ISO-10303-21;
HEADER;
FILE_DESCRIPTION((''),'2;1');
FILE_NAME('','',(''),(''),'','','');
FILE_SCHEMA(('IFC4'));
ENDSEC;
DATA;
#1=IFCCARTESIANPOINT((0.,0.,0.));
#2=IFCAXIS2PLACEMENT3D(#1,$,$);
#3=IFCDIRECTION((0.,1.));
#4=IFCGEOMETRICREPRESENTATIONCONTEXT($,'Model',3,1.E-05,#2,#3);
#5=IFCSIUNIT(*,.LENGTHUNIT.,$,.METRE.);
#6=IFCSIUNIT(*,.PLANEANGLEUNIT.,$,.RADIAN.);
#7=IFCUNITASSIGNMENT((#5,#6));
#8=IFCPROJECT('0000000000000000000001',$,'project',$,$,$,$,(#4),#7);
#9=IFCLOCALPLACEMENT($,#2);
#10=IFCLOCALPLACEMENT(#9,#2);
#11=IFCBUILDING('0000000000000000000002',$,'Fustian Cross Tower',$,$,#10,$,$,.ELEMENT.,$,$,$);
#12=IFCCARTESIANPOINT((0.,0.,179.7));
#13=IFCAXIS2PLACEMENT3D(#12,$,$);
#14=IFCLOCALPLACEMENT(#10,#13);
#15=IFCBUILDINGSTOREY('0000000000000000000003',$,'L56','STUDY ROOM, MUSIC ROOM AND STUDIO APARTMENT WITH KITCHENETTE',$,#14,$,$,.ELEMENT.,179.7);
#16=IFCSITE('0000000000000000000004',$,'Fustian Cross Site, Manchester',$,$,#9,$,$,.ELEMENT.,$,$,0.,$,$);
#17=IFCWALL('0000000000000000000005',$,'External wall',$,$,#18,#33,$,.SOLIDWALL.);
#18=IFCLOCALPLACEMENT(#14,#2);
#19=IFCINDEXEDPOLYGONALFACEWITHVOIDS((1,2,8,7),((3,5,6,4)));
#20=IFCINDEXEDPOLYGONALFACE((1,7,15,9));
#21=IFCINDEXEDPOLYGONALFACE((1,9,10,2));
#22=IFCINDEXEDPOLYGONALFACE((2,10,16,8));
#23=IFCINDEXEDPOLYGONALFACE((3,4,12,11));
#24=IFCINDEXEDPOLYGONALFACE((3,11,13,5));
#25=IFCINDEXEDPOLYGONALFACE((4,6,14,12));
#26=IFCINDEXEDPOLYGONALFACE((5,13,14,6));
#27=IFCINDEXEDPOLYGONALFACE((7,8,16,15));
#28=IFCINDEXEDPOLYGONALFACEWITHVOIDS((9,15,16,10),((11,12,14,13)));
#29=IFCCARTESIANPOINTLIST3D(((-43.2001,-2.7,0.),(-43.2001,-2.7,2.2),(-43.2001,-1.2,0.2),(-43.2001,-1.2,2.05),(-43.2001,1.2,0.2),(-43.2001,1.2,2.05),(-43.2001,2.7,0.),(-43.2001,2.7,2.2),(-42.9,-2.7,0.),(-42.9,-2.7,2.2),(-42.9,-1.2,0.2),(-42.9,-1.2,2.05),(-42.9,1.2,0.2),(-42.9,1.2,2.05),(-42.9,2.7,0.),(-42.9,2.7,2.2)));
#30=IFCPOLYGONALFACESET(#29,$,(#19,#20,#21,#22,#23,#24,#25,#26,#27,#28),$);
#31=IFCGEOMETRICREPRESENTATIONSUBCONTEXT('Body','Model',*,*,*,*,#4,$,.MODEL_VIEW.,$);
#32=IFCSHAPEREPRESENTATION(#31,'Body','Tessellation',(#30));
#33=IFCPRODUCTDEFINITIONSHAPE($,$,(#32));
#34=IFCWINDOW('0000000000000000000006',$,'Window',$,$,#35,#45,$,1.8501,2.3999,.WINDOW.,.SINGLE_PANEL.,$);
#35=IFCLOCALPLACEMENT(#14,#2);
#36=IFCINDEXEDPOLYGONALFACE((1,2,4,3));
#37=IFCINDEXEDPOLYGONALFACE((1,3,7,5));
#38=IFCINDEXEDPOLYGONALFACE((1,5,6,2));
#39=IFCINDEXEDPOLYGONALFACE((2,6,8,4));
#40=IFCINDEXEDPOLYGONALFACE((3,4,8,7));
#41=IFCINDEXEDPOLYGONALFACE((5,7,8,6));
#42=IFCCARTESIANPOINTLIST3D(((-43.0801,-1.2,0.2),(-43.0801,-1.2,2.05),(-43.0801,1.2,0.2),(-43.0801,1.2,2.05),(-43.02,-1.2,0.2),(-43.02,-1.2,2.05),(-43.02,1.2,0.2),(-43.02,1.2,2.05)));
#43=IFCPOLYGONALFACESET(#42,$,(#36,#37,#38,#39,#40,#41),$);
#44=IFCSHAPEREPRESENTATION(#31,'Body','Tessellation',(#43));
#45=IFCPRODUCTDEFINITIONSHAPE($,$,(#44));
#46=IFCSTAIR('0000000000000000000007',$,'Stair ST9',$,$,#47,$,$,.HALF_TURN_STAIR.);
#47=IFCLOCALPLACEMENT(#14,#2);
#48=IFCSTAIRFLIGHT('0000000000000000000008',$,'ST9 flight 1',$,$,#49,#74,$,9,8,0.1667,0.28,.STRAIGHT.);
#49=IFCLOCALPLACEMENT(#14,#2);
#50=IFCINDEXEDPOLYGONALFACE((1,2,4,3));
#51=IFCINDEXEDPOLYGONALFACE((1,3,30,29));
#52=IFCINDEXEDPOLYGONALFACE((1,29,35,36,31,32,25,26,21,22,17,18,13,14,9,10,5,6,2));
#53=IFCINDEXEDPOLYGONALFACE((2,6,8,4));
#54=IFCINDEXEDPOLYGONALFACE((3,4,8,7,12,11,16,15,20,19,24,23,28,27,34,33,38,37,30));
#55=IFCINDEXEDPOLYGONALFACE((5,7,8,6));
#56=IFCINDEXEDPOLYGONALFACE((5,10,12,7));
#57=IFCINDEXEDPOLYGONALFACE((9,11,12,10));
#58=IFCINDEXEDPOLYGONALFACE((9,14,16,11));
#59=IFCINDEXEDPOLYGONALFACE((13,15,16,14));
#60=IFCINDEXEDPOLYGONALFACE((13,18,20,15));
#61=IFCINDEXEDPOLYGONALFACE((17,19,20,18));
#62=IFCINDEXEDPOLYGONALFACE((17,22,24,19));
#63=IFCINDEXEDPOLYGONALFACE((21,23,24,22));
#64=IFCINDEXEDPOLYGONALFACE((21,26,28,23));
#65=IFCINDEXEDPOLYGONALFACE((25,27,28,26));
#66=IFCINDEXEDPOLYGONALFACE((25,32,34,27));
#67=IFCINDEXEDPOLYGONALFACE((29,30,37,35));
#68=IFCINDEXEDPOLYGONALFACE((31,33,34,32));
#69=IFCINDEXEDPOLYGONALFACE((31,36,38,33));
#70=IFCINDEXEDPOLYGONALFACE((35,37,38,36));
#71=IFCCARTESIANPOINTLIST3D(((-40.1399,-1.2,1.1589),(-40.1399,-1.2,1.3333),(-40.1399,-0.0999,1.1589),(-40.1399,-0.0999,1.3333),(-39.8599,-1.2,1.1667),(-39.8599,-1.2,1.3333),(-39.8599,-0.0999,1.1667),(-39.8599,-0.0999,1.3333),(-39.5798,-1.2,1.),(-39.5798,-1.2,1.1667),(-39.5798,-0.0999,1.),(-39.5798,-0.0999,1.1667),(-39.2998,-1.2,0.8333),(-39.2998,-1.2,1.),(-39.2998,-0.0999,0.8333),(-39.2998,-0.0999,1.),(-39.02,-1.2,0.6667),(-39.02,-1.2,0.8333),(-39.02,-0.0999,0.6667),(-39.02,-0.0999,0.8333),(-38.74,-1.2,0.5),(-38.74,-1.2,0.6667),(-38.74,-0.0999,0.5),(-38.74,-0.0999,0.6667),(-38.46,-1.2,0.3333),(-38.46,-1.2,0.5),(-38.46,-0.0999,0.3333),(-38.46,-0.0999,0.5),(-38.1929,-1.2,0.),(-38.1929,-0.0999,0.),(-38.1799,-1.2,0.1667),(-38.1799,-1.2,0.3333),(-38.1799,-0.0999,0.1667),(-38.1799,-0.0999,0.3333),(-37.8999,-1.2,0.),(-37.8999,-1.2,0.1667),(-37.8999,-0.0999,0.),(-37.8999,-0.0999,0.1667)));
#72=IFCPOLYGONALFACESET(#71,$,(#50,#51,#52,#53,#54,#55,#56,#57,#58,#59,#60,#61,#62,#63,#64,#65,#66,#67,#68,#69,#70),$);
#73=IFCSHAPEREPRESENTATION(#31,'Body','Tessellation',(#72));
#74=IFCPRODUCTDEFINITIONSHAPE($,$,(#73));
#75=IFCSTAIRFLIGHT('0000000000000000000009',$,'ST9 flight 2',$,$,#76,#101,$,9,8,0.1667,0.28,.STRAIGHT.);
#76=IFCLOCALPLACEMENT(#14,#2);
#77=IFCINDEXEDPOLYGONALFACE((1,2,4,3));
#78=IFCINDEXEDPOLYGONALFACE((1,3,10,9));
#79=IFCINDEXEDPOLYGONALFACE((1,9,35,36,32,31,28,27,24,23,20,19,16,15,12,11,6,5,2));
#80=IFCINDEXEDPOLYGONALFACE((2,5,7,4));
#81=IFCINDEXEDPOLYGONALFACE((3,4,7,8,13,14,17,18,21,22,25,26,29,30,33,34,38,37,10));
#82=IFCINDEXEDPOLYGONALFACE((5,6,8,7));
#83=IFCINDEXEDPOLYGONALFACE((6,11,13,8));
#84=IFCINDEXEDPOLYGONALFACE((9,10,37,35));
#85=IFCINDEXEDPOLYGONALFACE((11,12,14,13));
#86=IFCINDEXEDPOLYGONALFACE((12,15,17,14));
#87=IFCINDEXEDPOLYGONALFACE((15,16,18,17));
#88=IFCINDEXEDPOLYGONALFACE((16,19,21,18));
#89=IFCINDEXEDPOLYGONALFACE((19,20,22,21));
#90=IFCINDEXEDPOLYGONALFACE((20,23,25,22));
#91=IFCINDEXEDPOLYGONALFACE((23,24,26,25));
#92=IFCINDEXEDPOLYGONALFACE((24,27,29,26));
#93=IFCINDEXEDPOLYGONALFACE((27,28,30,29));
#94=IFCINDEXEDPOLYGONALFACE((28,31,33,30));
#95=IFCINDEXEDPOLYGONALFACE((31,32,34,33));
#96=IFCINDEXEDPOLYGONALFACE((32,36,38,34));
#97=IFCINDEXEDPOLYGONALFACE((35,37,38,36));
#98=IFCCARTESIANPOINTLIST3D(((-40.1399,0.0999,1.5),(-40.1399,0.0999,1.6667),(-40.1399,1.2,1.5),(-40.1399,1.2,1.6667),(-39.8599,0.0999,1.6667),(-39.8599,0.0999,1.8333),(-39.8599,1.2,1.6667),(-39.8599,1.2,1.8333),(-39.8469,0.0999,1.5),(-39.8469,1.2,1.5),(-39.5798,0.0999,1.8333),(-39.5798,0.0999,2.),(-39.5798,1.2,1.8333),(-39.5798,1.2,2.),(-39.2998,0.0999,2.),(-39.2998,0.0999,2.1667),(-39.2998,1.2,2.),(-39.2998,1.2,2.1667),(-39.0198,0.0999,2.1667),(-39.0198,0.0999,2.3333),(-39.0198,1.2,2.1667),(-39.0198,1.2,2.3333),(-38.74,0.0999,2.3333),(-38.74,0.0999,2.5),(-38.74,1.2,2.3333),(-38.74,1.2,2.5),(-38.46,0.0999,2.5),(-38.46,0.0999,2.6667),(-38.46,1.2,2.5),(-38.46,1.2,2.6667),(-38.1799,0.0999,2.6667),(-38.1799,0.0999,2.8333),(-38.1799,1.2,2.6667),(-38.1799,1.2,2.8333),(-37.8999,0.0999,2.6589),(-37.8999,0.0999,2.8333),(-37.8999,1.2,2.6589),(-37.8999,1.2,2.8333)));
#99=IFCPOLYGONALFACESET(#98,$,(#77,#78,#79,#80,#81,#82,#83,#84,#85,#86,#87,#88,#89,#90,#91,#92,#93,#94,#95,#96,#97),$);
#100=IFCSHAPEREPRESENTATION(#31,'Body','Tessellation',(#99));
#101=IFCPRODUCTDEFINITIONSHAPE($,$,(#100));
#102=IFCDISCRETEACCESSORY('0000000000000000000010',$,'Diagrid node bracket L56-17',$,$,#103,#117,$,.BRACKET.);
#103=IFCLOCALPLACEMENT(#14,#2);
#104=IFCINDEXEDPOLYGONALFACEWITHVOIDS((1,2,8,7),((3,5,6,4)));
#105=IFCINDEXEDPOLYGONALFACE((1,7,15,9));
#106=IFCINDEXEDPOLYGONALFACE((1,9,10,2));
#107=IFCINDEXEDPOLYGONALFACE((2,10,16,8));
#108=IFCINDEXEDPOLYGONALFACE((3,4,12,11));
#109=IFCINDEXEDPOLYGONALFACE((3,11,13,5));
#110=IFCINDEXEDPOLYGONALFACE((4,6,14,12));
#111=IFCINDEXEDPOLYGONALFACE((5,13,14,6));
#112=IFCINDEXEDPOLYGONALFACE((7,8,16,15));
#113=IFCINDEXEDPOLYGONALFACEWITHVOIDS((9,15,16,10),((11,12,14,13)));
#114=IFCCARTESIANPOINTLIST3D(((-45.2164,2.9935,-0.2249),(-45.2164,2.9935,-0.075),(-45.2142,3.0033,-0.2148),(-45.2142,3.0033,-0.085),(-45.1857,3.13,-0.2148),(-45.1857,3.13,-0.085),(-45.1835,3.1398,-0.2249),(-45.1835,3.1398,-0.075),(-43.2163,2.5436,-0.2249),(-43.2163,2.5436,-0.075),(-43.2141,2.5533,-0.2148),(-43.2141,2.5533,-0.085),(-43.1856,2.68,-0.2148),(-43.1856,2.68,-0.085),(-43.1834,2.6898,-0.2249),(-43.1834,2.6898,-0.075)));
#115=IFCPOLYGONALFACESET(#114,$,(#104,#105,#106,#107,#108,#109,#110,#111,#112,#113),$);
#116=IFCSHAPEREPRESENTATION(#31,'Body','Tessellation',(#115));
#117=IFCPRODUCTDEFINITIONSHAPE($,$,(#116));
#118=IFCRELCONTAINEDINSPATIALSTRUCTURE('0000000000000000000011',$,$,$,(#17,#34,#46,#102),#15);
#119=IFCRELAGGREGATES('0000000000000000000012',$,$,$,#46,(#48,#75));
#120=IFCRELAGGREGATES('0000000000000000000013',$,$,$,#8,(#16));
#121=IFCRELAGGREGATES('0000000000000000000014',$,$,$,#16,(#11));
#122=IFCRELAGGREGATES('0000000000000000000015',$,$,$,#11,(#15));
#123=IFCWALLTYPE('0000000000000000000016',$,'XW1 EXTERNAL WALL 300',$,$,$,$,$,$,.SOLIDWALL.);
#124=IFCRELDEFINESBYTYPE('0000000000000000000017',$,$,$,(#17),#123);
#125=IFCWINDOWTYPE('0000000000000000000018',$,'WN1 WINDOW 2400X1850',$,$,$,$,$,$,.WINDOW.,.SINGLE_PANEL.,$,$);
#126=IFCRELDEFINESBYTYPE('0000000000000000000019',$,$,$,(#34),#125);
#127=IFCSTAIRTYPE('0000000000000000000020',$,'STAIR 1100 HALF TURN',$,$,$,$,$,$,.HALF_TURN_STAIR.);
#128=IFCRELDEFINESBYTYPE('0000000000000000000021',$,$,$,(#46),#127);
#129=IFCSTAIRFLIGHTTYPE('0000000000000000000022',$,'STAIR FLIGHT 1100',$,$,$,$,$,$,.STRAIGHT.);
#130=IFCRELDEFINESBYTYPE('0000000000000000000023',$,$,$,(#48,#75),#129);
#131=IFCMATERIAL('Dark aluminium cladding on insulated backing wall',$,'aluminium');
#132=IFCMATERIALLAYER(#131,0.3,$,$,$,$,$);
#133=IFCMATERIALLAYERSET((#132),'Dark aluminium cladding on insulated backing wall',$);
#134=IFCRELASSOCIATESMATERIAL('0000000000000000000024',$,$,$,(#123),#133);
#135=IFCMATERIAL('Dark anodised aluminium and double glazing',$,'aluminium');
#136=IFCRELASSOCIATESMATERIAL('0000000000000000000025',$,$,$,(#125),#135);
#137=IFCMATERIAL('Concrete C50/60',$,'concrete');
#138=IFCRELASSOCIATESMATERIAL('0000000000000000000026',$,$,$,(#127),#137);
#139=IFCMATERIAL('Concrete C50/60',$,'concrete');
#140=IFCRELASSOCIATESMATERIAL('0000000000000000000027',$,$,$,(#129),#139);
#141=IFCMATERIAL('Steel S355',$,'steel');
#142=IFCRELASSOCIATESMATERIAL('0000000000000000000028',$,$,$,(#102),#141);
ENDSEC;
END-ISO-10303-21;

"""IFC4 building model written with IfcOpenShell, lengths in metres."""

from ifc_helpers import new_model, si_unit, direction, frame, frame_2d, origin, origin_2d, place, context, subcontext, project, spatial, polyline, rectangle, hollow_rectangle, outline, extrude, material, layer, layer_set, type_object, element, fill, aggregate, save


model = new_model("IFC4")

# Units and contexts
model_context = context("Model", 3, precision=1e-05, world=origin(), true_north=direction((0.0, 1.0)))
body_context = subcontext(model_context, "Body", "Model", "MODEL_VIEW")
ifc_project = project(units=[si_unit("LENGTHUNIT", "METRE"), si_unit("PLANEANGLEUNIT", "RADIAN")], contexts=[model_context])

# Site, building, storey
site_placement = place(None, origin())
site = spatial("IfcSite", under=ifc_project, at=site_placement, Name="Fustian Cross Site, Manchester", CompositionType="ELEMENT", RefElevation=0.0)
building_placement = place(site_placement, origin())
building = spatial("IfcBuilding", under=site, at=building_placement, Name="Fustian Cross Tower", CompositionType="ELEMENT")
storey_placement = place(building_placement, frame((0.0, 0.0, 179.7)))
storey = spatial("IfcBuildingStorey", under=building, at=storey_placement, Name="L56", Description="STUDY ROOM, MUSIC ROOM AND STUDIO APARTMENT WITH KITCHENETTE", CompositionType="ELEMENT", Elevation=179.7)

# Wall, opening, window
ifc_material_1 = material(Name="Dark aluminium cladding on insulated backing wall", Category="aluminium")
ifc_layer_1 = layer(ifc_material_1, 0.3)
ifc_layer_set_1 = layer_set([ifc_layer_1], Name="Dark aluminium cladding on insulated backing wall")
wall_type_1 = type_object("IfcWallType", Name="XW1 EXTERNAL WALL 300", PredefinedType="SOLIDWALL", material=ifc_layer_set_1)
wall_1_placement = place(storey_placement, frame((-43.05, 2.7, 0.0), z_axis=(0.0, 0.0, 1.0), x_axis=(0.0, -1.0, 0.0)))
wall_1 = element("IfcWall", 1, at=wall_1_placement, inside=storey, type_object=wall_type_1, Name="External wall", PredefinedType="SOLIDWALL", context=body_context, shape_type="SweptSolid", body=[
    extrude(rectangle(XDim=5.3999, YDim=0.3, at=frame_2d((2.7, 0.0))), origin(), (0.0, 0.0, 1.0), 2.2),
])
opening_1_placement = place(wall_1_placement, frame((1.5, 0.0, 0.2)))
opening_1 = element("IfcOpeningElement", 2, at=opening_1_placement, cuts=wall_1, PredefinedType="OPENING", context=body_context, shape_type="SweptSolid", body=[
    extrude(rectangle(XDim=2.3999, YDim=1.8501, at=frame_2d((1.2, 0.925))), frame((0.0, 0.1599, 0.0), z_axis=(0.0, -1.0, 0.0), x_axis=(1.0, 0.0, 0.0)), (0.0, 0.0, 1.0), 0.3201),
])
ifc_material_2 = material(Name="Dark anodised aluminium and double glazing", Category="aluminium")
window_type = type_object("IfcWindowType", Name="WN1 WINDOW 2400X1850", PartitioningType="SINGLE_PANEL", PredefinedType="WINDOW", material=ifc_material_2)
window_placement = place(opening_1_placement, origin())
window = element("IfcWindow", 3, at=window_placement, inside=storey, type_object=window_type, Name="Window", OverallHeight=1.8501, OverallWidth=2.3999, PartitioningType="SINGLE_PANEL", PredefinedType="WINDOW", context=body_context, shape_type="SweptSolid", body=[
    extrude(rectangle(XDim=2.3999, YDim=1.8501, at=frame_2d((1.2, 0.925))), frame((0.0, 0.03, 0.0), z_axis=(0.0, -1.0, 0.0), x_axis=(1.0, 0.0, 0.0)), (0.0, 0.0, 1.0), 0.0601),
])
fill(opening_1, window)

# Stair, stair flights
ifc_material_3 = material(Name="Concrete C50/60", Category="concrete")
stair_type = type_object("IfcStairType", Name="STAIR 1100 HALF TURN", PredefinedType="HALF_TURN_STAIR", material=ifc_material_3)
stair_placement = place(storey_placement, origin())
stair = element("IfcStair", 4, at=stair_placement, inside=storey, type_object=stair_type, Name="Stair ST9", PredefinedType="HALF_TURN_STAIR")
ifc_material_4 = material(Name="Concrete C50/60", Category="concrete")
stair_flight_type = type_object("IfcStairFlightType", Name="STAIR FLIGHT 1100", PredefinedType="STRAIGHT", material=ifc_material_4)
stair_flight_1_placement = place(storey_placement, frame((-37.8999, -0.6499, 0.0), z_axis=(0.0, 0.0, 1.0), x_axis=(-1.0, 0.0, 0.0)))
stair_flight_1 = element("IfcStairFlight", 5, at=stair_flight_1_placement, type_object=stair_flight_type, Name="ST9 flight 1", NumberOfRisers=9, NumberOfTreads=8, PredefinedType="STRAIGHT", RiserHeight=0.1667, TreadLength=0.28, context=body_context, shape_type="SweptSolid", body=[
    extrude(outline(polyline([(0.0, 0.0), (0.0, 0.1667), (0.28, 0.1667), (0.28, 0.3333), (0.5601, 0.3333), (0.5601, 0.5), (0.8401, 0.5), (0.8401, 0.6667), (1.1201, 0.6667), (1.1201, 0.8333), (1.3999, 0.8333), (1.3999, 1.0), (1.6799, 1.0), (1.6799, 1.1667), (1.96, 1.1667), (1.96, 1.3333), (2.24, 1.3333), (2.24, 1.5), (2.24, 1.1589), (0.293, 0.0), (0.0, 0.0)])), frame((0.0, 0.55, 0.0), z_axis=(0.0, -1.0, 0.0), x_axis=(1.0, 0.0, 0.0)), (0.0, 0.0, 1.0), 1.1001),
])
stair_flight_2_placement = place(storey_placement, frame((-40.1399, 0.6499, 1.5), z_axis=(0.0, 0.0, 1.0), x_axis=(1.0, 0.0, 0.0)))
stair_flight_2 = element("IfcStairFlight", 6, at=stair_flight_2_placement, type_object=stair_flight_type, Name="ST9 flight 2", NumberOfRisers=9, NumberOfTreads=8, PredefinedType="STRAIGHT", RiserHeight=0.1667, TreadLength=0.28, context=body_context, shape_type="SweptSolid", body=[
    extrude(outline(polyline([(0.0, 0.0), (0.0, 0.1667), (0.28, 0.1667), (0.28, 0.3333), (0.5601, 0.3333), (0.5601, 0.5), (0.8401, 0.5), (0.8401, 0.6667), (1.1201, 0.6667), (1.1201, 0.8333), (1.3999, 0.8333), (1.3999, 1.0), (1.6799, 1.0), (1.6799, 1.1667), (1.96, 1.1667), (1.96, 1.3333), (2.24, 1.3333), (2.24, 1.5), (2.24, 1.1589), (0.293, 0.0), (0.0, 0.0)])), frame((0.0, 0.55, 0.0), z_axis=(0.0, -1.0, 0.0), x_axis=(1.0, 0.0, 0.0)), (0.0, 0.0, 1.0), 1.1001),
])
aggregate(stair, [stair_flight_1, stair_flight_2])

# Discrete accessory
ifc_material_5 = material(Name="Steel S355", Category="steel")
discrete_accessory_placement = place(storey_placement, frame((-45.2, 3.0667, -0.1499), z_axis=(0.975615, -0.21949, 0.0), x_axis=(0.21949, 0.975615, 0.0)))
element("IfcDiscreteAccessory", 7, at=discrete_accessory_placement, inside=storey, material=ifc_material_5, Name="Diagrid node bracket L56-17", PredefinedType="BRACKET", context=body_context, shape_type="SweptSolid", body=[
    extrude(hollow_rectangle(XDim=0.1499, YDim=0.1499, WallThickness=0.01, at=origin_2d()), origin(), (0.0, 0.0, 1.0), 2.05),
])

save(model, "model.ifc")
